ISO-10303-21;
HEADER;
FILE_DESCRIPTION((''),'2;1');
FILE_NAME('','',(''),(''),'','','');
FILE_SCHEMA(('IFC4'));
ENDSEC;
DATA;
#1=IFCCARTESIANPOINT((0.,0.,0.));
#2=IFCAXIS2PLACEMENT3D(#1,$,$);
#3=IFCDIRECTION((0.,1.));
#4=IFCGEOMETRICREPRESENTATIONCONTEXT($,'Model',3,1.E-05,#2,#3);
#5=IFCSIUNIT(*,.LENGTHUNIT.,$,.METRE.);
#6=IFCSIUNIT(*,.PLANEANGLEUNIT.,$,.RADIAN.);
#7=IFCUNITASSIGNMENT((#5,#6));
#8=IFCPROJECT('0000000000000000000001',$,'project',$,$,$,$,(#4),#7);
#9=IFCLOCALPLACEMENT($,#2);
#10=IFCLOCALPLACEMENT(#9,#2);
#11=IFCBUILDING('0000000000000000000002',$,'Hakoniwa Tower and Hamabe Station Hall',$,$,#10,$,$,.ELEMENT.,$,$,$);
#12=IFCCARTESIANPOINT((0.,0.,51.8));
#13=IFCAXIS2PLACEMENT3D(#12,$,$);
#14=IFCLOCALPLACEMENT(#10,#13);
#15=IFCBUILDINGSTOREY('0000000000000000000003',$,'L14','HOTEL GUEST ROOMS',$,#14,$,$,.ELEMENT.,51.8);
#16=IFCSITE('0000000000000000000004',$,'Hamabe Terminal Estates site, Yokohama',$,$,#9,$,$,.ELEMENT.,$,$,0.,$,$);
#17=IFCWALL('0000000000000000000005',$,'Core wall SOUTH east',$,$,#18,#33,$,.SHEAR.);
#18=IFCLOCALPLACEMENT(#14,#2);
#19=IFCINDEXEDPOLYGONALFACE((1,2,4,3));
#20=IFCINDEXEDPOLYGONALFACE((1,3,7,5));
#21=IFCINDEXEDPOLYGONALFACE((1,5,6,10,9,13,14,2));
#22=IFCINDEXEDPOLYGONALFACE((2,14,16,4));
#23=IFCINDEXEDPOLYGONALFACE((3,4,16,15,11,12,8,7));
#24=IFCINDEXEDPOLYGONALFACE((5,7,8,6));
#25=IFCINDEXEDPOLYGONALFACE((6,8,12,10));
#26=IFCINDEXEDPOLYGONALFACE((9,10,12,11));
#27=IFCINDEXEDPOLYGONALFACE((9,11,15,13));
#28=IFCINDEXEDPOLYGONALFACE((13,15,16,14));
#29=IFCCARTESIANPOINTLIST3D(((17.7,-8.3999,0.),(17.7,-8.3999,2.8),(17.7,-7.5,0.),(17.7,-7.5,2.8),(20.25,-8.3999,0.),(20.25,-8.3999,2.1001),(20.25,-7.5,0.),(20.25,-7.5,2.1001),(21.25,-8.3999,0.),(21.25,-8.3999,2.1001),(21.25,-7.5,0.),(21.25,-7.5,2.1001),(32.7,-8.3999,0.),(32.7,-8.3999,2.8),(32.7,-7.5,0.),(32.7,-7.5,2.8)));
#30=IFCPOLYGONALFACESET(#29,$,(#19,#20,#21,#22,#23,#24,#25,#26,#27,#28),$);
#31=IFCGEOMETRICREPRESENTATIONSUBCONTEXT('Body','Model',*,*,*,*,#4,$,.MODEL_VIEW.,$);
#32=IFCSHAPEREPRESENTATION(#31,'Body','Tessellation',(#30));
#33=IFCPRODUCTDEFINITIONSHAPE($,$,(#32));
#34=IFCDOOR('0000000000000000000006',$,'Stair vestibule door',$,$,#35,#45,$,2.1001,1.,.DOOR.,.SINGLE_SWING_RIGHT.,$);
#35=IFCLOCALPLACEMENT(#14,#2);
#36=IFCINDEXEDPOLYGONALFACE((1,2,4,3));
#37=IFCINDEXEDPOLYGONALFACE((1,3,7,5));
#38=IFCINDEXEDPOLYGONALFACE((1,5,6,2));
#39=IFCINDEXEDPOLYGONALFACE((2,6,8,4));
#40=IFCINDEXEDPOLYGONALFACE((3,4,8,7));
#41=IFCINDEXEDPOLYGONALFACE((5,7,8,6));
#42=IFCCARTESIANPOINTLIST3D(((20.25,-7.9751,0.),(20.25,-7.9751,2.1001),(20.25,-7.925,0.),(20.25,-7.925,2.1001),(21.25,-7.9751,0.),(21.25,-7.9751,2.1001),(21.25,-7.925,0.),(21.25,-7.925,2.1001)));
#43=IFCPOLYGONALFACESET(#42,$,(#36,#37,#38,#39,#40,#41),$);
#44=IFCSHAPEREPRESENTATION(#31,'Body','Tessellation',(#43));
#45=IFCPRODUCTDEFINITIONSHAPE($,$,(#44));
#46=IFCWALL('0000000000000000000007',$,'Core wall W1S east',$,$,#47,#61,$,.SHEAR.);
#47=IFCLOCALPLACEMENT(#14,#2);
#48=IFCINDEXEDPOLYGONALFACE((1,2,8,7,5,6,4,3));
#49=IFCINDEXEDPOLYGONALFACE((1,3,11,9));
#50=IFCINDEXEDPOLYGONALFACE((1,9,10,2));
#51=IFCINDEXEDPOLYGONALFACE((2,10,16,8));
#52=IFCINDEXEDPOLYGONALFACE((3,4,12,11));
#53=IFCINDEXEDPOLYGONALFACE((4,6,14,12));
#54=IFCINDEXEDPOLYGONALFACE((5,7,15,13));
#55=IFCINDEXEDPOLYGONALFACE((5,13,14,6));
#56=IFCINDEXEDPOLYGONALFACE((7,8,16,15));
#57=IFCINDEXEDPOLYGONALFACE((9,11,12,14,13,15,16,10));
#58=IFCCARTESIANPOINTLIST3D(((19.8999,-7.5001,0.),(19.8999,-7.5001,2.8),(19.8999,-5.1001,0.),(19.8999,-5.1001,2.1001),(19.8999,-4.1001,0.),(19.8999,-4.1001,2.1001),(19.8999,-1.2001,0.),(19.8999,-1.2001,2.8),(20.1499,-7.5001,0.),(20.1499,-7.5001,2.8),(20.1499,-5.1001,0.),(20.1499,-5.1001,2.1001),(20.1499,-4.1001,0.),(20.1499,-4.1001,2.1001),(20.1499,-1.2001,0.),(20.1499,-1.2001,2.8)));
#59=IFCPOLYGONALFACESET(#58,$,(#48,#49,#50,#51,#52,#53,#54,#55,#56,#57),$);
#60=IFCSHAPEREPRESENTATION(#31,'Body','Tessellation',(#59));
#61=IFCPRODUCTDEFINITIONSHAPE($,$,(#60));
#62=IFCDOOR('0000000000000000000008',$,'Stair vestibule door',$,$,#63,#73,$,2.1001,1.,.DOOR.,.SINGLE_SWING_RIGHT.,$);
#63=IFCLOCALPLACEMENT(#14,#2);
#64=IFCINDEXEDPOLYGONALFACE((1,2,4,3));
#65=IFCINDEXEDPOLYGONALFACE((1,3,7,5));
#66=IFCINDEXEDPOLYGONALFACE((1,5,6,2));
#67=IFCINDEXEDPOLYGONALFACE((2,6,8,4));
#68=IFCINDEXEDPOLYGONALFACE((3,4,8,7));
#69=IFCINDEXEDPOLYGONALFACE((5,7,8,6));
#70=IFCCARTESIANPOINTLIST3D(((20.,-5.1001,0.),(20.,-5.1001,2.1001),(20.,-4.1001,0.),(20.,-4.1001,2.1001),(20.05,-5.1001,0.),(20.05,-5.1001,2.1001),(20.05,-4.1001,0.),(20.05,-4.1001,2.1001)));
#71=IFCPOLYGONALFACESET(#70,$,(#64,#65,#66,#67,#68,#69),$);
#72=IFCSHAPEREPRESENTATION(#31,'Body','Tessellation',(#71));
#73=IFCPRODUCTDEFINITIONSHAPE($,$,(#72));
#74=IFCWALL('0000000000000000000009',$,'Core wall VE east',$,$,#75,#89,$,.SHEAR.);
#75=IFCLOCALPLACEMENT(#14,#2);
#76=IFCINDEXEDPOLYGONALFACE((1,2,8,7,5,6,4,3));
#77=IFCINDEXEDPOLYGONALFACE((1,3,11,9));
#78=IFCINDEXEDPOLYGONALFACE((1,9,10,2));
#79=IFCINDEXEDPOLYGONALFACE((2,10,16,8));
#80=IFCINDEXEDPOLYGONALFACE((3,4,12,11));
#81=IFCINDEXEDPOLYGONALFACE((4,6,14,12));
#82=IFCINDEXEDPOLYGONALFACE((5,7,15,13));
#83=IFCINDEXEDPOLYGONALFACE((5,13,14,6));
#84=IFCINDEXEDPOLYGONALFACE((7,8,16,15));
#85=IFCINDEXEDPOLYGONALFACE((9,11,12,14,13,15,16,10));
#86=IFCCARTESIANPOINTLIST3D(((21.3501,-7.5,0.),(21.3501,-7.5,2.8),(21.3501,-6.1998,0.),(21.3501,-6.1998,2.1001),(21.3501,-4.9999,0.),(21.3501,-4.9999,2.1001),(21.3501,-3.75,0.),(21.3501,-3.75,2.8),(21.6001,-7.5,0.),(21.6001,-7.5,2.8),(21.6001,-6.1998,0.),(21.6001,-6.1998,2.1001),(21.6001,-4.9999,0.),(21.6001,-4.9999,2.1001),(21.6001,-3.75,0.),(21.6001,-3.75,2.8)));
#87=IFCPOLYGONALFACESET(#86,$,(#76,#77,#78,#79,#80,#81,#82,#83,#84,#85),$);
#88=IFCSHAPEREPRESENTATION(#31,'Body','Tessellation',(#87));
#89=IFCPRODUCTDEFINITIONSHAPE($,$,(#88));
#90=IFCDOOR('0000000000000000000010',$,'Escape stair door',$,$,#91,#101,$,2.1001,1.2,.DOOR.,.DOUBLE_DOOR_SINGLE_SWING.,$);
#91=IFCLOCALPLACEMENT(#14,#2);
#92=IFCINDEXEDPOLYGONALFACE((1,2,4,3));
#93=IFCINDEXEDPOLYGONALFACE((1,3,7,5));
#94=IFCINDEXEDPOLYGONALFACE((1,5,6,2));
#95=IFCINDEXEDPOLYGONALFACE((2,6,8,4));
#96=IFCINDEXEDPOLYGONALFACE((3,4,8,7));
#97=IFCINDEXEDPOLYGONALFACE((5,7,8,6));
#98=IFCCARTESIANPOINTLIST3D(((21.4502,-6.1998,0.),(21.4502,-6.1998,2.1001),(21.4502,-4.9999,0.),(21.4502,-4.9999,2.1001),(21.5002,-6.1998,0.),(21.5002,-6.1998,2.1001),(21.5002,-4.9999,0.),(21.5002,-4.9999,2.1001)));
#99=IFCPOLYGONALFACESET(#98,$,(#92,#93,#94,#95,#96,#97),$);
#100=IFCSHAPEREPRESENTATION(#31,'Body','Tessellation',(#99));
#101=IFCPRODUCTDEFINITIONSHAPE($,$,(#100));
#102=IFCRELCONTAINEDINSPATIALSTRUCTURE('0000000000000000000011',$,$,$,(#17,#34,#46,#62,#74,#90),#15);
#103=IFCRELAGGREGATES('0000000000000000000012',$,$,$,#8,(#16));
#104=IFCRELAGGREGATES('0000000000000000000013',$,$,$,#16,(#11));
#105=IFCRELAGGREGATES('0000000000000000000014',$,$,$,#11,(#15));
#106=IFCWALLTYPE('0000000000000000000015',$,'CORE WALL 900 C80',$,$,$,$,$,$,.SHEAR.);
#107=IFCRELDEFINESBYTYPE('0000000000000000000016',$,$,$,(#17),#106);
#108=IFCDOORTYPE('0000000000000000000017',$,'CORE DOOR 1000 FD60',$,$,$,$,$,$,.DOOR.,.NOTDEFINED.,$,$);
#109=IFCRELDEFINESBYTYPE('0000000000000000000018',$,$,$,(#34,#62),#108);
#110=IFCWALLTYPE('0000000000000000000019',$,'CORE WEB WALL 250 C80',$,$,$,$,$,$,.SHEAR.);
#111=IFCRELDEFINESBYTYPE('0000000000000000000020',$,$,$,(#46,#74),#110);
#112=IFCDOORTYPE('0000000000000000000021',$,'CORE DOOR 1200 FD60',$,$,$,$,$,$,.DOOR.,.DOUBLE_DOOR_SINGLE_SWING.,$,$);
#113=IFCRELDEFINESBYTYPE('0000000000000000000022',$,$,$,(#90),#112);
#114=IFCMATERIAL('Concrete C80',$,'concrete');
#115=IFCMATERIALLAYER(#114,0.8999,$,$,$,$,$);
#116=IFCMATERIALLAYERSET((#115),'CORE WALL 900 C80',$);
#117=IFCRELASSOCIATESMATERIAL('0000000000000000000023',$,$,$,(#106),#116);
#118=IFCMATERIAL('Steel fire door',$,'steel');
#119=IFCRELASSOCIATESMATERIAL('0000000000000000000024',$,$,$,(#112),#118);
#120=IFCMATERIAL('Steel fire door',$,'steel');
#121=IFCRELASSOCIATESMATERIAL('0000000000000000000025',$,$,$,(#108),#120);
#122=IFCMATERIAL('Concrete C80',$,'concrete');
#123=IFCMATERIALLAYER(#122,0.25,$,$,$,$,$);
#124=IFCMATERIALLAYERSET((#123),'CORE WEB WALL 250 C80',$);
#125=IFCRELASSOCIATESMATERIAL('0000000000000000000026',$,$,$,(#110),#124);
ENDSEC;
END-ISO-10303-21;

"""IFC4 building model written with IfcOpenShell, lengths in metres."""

from ifc_helpers import new_model, si_unit, direction, frame, frame_2d, origin, place, context, subcontext, project, spatial, rectangle, extrude, material, layer, layer_set, type_object, element, fill, save


model = new_model("IFC4")

# Units and contexts
model_context = context("Model", 3, precision=1e-05, world=origin(), true_north=direction((0.0, 1.0)))
body_context = subcontext(model_context, "Body", "Model", "MODEL_VIEW")
ifc_project = project(units=[si_unit("LENGTHUNIT", "METRE"), si_unit("PLANEANGLEUNIT", "RADIAN")], contexts=[model_context])

# Site, building, storey
site_placement = place(None, origin())
site = spatial("IfcSite", under=ifc_project, at=site_placement, Name="Hamabe Terminal Estates site, Yokohama", CompositionType="ELEMENT", RefElevation=0.0)
building_placement = place(site_placement, origin())
building = spatial("IfcBuilding", under=site, at=building_placement, Name="Hakoniwa Tower and Hamabe Station Hall", CompositionType="ELEMENT")
storey_placement = place(building_placement, frame((0.0, 0.0, 51.8)))
storey = spatial("IfcBuildingStorey", under=building, at=storey_placement, Name="L14", Description="HOTEL GUEST ROOMS", CompositionType="ELEMENT", Elevation=51.8)

# Shared definitions
ifc_material_1 = material(Name="Concrete C80", Category="concrete")
ifc_layer_1 = layer(ifc_material_1, 0.8999)
ifc_layer_set_1 = layer_set([ifc_layer_1], Name="CORE WALL 900 C80")
wall_type_1 = type_object("IfcWallType", Name="CORE WALL 900 C80", PredefinedType="SHEAR", material=ifc_layer_set_1)
ifc_material_2 = material(Name="Steel fire door", Category="steel")
door_type_1 = type_object("IfcDoorType", Name="CORE DOOR 1200 FD60", OperationType="DOUBLE_DOOR_SINGLE_SWING", PredefinedType="DOOR", material=ifc_material_2)

# Walls, openings, doors
wall_1_placement = place(storey_placement, frame((17.7, -7.95, 0.0), z_axis=(0.0, 0.0, 1.0), x_axis=(1.0, 0.0, 0.0)))
wall_1 = element("IfcWall", 1, at=wall_1_placement, inside=storey, type_object=wall_type_1, Name="Core wall SOUTH east", PredefinedType="SHEAR", context=body_context, shape_type="SweptSolid", body=[
    extrude(rectangle(XDim=15.0, YDim=0.8999, at=frame_2d((7.5, 0.0))), origin(), (0.0, 0.0, 1.0), 2.8),
])
opening_1_placement = place(wall_1_placement, frame((2.55, 0.0, 0.0)))
opening_1 = element("IfcOpeningElement", 2, at=opening_1_placement, cuts=wall_1, PredefinedType="OPENING", context=body_context, shape_type="SweptSolid", body=[
    extrude(rectangle(XDim=1.0, YDim=2.1001, at=frame_2d((0.5, 1.05))), frame((0.0, 0.46, 0.0), z_axis=(0.0, -1.0, 0.0), x_axis=(1.0, 0.0, 0.0)), (0.0, 0.0, 1.0), 0.9199),
])
ifc_material_3 = material(Name="Steel fire door", Category="steel")
door_type_2 = type_object("IfcDoorType", Name="CORE DOOR 1000 FD60", OperationType="NOTDEFINED", PredefinedType="DOOR", material=ifc_material_3)
door_1_placement = place(opening_1_placement, origin())
door_1 = element("IfcDoor", 3, at=door_1_placement, inside=storey, type_object=door_type_2, Name="Stair vestibule door", OperationType="SINGLE_SWING_RIGHT", OverallHeight=2.1001, OverallWidth=1.0, PredefinedType="DOOR", context=body_context, shape_type="SweptSolid", body=[
    extrude(rectangle(XDim=1.0, YDim=2.1001, at=frame_2d((0.5, 1.05))), frame((0.0, 0.0249, 0.0), z_axis=(0.0, -1.0, 0.0), x_axis=(1.0, 0.0, 0.0)), (0.0, 0.0, 1.0), 0.05),
])
fill(opening_1, door_1)
ifc_material_4 = material(Name="Concrete C80", Category="concrete")
ifc_layer_2 = layer(ifc_material_4, 0.25)
ifc_layer_set_2 = layer_set([ifc_layer_2], Name="CORE WEB WALL 250 C80")
wall_type_2 = type_object("IfcWallType", Name="CORE WEB WALL 250 C80", PredefinedType="SHEAR", material=ifc_layer_set_2)
wall_2_placement = place(storey_placement, frame((20.0249, -7.5, 0.0), z_axis=(0.0, 0.0, 1.0), x_axis=(0.0, 1.0, 0.0)))
wall_2 = element("IfcWall", 4, at=wall_2_placement, inside=storey, type_object=wall_type_2, Name="Core wall W1S east", PredefinedType="SHEAR", context=body_context, shape_type="SweptSolid", body=[
    extrude(rectangle(XDim=6.3, YDim=0.25, at=frame_2d((3.1499, 0.0))), origin(), (0.0, 0.0, 1.0), 2.8),
])
opening_2_placement = place(wall_2_placement, frame((2.3999, 0.0, 0.0)))
opening_2 = element("IfcOpeningElement", 5, at=opening_2_placement, cuts=wall_2, PredefinedType="OPENING", context=body_context, shape_type="SweptSolid", body=[
    extrude(rectangle(XDim=1.0, YDim=2.1001, at=frame_2d((0.5, 1.05))), frame((0.0, 0.135, 0.0), z_axis=(0.0, -1.0, 0.0), x_axis=(1.0, 0.0, 0.0)), (0.0, 0.0, 1.0), 0.27),
])
door_2_placement = place(opening_2_placement, origin())
door_2 = element("IfcDoor", 6, at=door_2_placement, inside=storey, type_object=door_type_2, Name="Stair vestibule door", OperationType="SINGLE_SWING_RIGHT", OverallHeight=2.1001, OverallWidth=1.0, PredefinedType="DOOR", context=body_context, shape_type="SweptSolid", body=[
    extrude(rectangle(XDim=1.0, YDim=2.1001, at=frame_2d((0.5, 1.05))), frame((0.0, 0.0249, 0.0), z_axis=(0.0, -1.0, 0.0), x_axis=(1.0, 0.0, 0.0)), (0.0, 0.0, 1.0), 0.05),
])
fill(opening_2, door_2)
wall_3_placement = place(storey_placement, frame((21.4751, -7.5, 0.0), z_axis=(0.0, 0.0, 1.0), x_axis=(0.0, 1.0, 0.0)))
wall_3 = element("IfcWall", 7, at=wall_3_placement, inside=storey, type_object=wall_type_2, Name="Core wall VE east", PredefinedType="SHEAR", context=body_context, shape_type="SweptSolid", body=[
    extrude(rectangle(XDim=3.75, YDim=0.25, at=frame_2d((1.875, 0.0))), origin(), (0.0, 0.0, 1.0), 2.8),
])
opening_3_placement = place(wall_3_placement, frame((1.3, 0.0, 0.0)))
opening_3 = element("IfcOpeningElement", 8, at=opening_3_placement, cuts=wall_3, PredefinedType="OPENING", context=body_context, shape_type="SweptSolid", body=[
    extrude(rectangle(XDim=1.2, YDim=2.1001, at=frame_2d((0.6001, 1.05))), frame((0.0, 0.135, 0.0), z_axis=(0.0, -1.0, 0.0), x_axis=(1.0, 0.0, 0.0)), (0.0, 0.0, 1.0), 0.27),
])
door_3_placement = place(opening_3_placement, origin())
door_3 = element("IfcDoor", 9, at=door_3_placement, inside=storey, type_object=door_type_1, Name="Escape stair door", OperationType="DOUBLE_DOOR_SINGLE_SWING", OverallHeight=2.1001, OverallWidth=1.2, PredefinedType="DOOR", context=body_context, shape_type="SweptSolid", body=[
    extrude(rectangle(XDim=1.2, YDim=2.1001, at=frame_2d((0.6001, 1.05))), frame((0.0, 0.0249, 0.0), z_axis=(0.0, -1.0, 0.0), x_axis=(1.0, 0.0, 0.0)), (0.0, 0.0, 1.0), 0.05),
])
fill(opening_3, door_3)

save(model, "model.ifc")
